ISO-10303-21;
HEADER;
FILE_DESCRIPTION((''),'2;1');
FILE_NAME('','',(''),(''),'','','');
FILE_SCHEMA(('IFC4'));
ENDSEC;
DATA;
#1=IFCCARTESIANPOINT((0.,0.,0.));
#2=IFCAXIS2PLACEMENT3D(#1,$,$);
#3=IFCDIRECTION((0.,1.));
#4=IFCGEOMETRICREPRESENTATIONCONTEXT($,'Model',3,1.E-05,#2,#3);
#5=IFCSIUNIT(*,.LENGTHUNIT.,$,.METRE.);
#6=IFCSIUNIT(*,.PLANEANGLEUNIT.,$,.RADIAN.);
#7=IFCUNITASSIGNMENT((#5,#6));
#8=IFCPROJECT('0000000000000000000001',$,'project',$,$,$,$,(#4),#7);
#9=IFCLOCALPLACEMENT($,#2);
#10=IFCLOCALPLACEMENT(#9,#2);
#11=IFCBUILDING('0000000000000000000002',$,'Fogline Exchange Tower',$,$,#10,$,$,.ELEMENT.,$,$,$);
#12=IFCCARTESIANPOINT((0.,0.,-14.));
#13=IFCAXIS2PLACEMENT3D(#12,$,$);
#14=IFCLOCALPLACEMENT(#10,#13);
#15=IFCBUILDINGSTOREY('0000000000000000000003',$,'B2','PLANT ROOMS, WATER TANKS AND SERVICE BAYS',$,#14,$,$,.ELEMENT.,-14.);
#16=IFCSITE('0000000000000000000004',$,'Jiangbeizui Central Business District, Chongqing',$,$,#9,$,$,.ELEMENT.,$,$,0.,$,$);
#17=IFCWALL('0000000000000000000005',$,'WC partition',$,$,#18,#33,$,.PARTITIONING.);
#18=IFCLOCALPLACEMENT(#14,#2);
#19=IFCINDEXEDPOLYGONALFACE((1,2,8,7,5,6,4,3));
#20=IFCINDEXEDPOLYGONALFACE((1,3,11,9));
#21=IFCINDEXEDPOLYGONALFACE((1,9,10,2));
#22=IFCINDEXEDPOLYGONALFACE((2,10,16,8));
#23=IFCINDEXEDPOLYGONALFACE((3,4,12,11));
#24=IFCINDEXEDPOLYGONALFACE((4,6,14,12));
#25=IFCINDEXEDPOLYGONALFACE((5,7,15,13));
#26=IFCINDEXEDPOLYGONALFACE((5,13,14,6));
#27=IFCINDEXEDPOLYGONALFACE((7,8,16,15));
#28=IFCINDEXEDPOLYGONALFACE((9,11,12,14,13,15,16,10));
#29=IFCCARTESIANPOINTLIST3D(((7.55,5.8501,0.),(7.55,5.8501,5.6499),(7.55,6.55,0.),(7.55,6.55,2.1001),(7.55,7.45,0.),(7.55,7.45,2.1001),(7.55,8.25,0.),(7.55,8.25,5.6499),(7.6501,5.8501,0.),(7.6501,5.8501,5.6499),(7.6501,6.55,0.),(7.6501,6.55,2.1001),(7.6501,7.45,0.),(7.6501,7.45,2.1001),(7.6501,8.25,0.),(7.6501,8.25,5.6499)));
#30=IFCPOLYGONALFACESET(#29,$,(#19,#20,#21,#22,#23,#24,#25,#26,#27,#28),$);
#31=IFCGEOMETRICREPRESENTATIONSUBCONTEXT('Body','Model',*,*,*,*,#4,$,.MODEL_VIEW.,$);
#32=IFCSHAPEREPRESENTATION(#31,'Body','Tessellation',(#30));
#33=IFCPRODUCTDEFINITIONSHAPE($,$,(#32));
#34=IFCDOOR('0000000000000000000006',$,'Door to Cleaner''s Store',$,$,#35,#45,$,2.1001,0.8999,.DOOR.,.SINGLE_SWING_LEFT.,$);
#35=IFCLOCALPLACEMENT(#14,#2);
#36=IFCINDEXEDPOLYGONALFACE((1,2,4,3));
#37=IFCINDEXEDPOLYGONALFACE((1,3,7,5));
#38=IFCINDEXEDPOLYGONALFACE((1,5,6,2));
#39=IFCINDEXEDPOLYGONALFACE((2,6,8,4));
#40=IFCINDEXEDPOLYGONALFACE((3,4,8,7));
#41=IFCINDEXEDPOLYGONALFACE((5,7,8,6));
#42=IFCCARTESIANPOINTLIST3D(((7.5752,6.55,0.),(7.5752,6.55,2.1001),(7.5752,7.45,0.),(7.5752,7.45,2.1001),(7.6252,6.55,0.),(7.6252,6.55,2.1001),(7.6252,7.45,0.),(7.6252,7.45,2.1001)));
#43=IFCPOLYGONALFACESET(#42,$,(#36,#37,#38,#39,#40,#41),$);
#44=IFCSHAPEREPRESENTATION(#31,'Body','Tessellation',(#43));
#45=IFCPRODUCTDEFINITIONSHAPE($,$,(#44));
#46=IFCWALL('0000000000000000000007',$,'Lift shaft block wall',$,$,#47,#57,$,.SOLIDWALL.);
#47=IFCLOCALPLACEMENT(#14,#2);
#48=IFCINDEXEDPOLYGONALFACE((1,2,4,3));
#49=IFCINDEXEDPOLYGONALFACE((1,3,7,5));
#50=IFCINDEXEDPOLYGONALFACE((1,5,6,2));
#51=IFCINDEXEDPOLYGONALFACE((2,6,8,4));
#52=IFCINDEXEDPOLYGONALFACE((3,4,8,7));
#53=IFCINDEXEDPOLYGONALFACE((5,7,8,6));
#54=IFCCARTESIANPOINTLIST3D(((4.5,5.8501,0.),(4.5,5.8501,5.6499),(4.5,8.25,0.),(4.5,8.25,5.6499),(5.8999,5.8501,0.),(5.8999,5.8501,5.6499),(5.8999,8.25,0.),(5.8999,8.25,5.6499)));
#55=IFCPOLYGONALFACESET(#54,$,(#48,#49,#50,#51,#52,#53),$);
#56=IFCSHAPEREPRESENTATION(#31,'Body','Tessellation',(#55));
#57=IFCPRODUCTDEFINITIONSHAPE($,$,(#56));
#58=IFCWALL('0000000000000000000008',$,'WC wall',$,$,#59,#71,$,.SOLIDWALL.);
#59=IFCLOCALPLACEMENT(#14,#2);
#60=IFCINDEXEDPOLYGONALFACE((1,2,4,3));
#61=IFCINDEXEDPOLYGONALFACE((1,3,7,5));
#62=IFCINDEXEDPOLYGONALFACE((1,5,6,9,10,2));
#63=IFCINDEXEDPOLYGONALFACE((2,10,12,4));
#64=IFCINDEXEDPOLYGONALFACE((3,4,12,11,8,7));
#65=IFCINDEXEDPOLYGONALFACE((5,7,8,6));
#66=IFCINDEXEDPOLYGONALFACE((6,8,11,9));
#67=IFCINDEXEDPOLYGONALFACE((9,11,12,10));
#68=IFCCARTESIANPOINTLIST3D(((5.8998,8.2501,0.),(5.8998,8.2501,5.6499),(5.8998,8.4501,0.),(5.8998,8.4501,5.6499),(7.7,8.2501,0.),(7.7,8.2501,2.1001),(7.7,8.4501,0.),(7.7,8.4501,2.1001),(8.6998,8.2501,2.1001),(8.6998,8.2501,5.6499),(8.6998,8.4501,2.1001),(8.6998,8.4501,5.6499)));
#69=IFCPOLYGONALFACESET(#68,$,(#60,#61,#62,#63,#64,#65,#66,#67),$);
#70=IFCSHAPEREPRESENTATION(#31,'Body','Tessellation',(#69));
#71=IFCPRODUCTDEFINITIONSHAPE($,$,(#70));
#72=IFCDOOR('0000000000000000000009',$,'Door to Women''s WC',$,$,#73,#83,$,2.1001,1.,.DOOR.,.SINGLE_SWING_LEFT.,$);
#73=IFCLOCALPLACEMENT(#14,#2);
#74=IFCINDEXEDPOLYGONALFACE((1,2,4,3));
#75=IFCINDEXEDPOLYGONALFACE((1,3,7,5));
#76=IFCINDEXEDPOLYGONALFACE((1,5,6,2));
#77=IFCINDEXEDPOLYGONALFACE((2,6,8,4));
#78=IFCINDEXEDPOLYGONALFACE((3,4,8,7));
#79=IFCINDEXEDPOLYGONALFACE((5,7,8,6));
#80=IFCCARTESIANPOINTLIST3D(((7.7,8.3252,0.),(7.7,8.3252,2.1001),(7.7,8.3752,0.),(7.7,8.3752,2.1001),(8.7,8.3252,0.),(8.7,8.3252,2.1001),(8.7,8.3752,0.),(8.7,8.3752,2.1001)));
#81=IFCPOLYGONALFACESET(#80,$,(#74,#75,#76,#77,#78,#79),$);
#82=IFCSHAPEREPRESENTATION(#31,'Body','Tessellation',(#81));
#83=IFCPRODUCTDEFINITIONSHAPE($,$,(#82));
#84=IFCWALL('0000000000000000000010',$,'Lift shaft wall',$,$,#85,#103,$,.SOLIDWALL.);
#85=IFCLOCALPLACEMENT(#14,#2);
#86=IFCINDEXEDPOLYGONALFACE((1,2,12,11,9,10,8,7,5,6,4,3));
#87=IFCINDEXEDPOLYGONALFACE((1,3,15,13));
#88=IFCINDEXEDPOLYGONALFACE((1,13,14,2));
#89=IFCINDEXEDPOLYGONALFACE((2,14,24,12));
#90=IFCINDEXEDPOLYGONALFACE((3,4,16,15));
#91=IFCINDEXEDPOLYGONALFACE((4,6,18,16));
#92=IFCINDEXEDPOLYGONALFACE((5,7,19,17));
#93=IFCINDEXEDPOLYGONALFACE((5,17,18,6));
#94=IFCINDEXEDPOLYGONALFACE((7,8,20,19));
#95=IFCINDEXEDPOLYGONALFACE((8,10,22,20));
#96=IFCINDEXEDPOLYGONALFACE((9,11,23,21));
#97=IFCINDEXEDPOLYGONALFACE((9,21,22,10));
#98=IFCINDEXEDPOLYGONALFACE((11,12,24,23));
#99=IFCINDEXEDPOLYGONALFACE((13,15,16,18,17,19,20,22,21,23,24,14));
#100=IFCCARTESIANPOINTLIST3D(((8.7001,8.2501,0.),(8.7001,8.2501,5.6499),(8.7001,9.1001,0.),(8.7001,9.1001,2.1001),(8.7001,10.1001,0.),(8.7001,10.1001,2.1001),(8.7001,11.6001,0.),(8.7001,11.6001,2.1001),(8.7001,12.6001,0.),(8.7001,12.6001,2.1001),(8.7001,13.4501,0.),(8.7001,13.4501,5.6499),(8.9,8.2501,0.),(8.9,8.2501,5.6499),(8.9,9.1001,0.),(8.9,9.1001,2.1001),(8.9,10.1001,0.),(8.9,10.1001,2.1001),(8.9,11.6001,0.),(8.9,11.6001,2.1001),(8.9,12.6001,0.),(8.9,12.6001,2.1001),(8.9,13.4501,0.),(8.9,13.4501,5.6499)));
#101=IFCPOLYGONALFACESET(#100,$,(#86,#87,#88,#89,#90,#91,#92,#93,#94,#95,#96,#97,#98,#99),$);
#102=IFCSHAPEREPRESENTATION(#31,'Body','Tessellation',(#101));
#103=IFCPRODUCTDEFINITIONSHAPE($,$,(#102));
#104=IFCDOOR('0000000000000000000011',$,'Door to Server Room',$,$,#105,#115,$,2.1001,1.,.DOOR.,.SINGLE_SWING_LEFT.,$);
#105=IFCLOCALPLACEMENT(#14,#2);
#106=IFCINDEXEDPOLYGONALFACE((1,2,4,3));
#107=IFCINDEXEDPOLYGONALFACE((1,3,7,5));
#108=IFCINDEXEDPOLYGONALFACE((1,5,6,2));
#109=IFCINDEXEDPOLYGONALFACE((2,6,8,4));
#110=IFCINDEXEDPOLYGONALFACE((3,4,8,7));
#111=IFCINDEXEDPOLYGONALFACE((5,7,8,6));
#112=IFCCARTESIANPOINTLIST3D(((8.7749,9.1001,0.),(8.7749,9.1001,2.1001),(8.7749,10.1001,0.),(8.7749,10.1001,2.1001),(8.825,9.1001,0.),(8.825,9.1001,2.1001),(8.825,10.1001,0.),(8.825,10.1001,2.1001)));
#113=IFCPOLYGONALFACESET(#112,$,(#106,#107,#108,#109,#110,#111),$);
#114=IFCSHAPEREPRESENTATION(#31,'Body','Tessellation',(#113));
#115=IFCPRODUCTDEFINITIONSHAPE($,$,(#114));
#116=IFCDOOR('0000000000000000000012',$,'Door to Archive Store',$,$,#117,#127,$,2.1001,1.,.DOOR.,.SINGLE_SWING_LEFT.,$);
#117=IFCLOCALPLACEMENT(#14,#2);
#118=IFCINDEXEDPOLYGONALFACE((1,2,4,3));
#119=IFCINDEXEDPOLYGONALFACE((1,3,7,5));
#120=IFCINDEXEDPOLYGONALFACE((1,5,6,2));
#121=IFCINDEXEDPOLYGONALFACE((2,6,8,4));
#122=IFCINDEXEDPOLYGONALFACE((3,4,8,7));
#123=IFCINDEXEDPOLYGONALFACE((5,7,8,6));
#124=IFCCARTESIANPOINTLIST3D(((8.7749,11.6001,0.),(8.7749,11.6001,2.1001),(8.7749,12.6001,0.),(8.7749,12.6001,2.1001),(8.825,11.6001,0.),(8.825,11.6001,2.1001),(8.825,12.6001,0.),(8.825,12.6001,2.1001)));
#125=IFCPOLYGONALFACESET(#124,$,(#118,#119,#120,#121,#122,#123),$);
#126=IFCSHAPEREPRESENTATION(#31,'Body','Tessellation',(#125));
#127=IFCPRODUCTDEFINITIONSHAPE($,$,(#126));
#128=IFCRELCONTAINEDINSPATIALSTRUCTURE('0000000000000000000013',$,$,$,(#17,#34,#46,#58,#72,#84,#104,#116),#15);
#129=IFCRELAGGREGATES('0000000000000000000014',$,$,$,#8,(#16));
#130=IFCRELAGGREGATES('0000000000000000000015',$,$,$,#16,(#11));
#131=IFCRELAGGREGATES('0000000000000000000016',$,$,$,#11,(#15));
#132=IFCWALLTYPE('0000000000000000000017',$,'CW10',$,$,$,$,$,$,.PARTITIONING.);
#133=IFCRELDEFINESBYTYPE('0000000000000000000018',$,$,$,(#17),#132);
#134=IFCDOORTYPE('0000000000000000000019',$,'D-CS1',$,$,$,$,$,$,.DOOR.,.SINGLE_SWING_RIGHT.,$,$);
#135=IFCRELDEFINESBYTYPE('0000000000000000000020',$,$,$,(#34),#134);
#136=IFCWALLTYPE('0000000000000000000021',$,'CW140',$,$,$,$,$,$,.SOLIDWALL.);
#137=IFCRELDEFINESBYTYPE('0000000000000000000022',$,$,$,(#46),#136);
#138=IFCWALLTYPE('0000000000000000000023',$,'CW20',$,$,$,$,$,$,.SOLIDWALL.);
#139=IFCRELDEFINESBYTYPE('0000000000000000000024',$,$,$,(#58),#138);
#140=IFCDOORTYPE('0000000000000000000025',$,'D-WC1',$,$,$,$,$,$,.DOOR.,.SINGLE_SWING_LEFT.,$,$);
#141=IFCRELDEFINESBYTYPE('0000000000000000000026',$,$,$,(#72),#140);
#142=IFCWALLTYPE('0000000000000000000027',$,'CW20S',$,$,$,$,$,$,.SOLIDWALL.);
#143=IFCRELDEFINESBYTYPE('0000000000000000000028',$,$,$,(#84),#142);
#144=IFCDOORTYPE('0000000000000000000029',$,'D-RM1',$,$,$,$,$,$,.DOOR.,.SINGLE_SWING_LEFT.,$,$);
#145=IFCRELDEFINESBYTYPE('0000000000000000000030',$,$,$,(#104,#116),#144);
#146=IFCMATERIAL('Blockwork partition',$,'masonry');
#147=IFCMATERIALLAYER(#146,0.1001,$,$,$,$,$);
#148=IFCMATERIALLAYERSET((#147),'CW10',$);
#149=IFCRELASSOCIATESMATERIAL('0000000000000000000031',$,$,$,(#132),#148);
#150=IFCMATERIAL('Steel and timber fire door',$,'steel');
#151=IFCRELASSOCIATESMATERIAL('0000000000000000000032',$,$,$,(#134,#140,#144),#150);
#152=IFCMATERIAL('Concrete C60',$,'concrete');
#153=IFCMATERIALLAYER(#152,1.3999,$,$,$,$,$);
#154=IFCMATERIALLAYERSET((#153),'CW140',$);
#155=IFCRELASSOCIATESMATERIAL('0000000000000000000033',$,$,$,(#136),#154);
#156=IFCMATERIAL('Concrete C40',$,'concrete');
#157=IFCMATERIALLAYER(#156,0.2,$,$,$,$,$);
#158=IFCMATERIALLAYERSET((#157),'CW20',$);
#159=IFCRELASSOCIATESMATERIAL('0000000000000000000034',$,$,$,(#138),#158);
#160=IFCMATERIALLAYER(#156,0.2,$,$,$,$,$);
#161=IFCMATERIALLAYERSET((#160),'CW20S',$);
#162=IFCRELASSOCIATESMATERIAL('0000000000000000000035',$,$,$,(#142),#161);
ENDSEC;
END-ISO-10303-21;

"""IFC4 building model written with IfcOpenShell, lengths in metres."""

from ifc_helpers import new_model, si_unit, direction, frame, frame_2d, origin, place, context, subcontext, project, spatial, rectangle, extrude, material, layer, layer_set, type_object, element, fill, save


model = new_model("IFC4")

# Units and contexts
model_context = context("Model", 3, precision=1e-05, world=origin(), true_north=direction((0.0, 1.0)))
body_context = subcontext(model_context, "Body", "Model", "MODEL_VIEW")
ifc_project = project(units=[si_unit("LENGTHUNIT", "METRE"), si_unit("PLANEANGLEUNIT", "RADIAN")], contexts=[model_context])

# Site, building, storey
site_placement = place(None, origin())
site = spatial("IfcSite", under=ifc_project, at=site_placement, Name="Jiangbeizui Central Business District, Chongqing", CompositionType="ELEMENT", RefElevation=0.0)
building_placement = place(site_placement, origin())
building = spatial("IfcBuilding", under=site, at=building_placement, Name="Fogline Exchange Tower", CompositionType="ELEMENT")
storey_placement = place(building_placement, frame((0.0, 0.0, -14.0)))
storey = spatial("IfcBuildingStorey", under=building, at=storey_placement, Name="B2", Description="PLANT ROOMS, WATER TANKS AND SERVICE BAYS", CompositionType="ELEMENT", Elevation=-14.0)

# Shared definitions
ifc_material_1 = material(Name="Concrete C40", Category="concrete")

# Wall, opening, door
ifc_material_2 = material(Name="Blockwork partition", Category="masonry")
ifc_layer_1 = layer(ifc_material_2, 0.1001)
ifc_layer_set_1 = layer_set([ifc_layer_1], Name="CW10")
wall_type_1 = type_object("IfcWallType", Name="CW10", PredefinedType="PARTITIONING", material=ifc_layer_set_1)
wall_1_placement = place(storey_placement, frame((7.6001, 5.8501, 0.0), z_axis=(0.0, 0.0, 1.0), x_axis=(0.0, 1.0, 0.0)))
wall_1 = element("IfcWall", 1, at=wall_1_placement, inside=storey, type_object=wall_type_1, Name="WC partition", PredefinedType="PARTITIONING", context=body_context, shape_type="SweptSolid", body=[
    extrude(rectangle(XDim=2.3999, YDim=0.1001, at=frame_2d((1.2, 0.0))), origin(), (0.0, 0.0, 1.0), 5.6499),
])
opening_1_placement = place(wall_1_placement, frame((0.7, 0.0, 0.0)))
opening_1 = element("IfcOpeningElement", 2, at=opening_1_placement, cuts=wall_1, PredefinedType="OPENING", context=body_context, shape_type="SweptSolid", body=[
    extrude(rectangle(XDim=0.8999, YDim=2.1001, at=frame_2d((0.45, 1.05))), frame((0.0, 0.0601, 0.0), z_axis=(0.0, -1.0, 0.0), x_axis=(1.0, 0.0, 0.0)), (0.0, 0.0, 1.0), 0.1201),
])
ifc_material_3 = material(Name="Steel and timber fire door", Category="steel")
door_type_1 = type_object("IfcDoorType", Name="D-CS1", OperationType="SINGLE_SWING_RIGHT", PredefinedType="DOOR", material=ifc_material_3)
door_1_placement = place(opening_1_placement, origin())
door_1 = element("IfcDoor", 3, at=door_1_placement, inside=storey, type_object=door_type_1, Name="Door to Cleaner's Store", OperationType="SINGLE_SWING_LEFT", OverallHeight=2.1001, OverallWidth=0.8999, PredefinedType="DOOR", context=body_context, shape_type="SweptSolid", body=[
    extrude(rectangle(XDim=0.8999, YDim=2.1001, at=frame_2d((0.45, 1.05))), frame((0.0, 0.0249, 0.0), z_axis=(0.0, -1.0, 0.0), x_axis=(1.0, 0.0, 0.0)), (0.0, 0.0, 1.0), 0.05),
])
fill(opening_1, door_1)

# Wall
ifc_material_4 = material(Name="Concrete C60", Category="concrete")
ifc_layer_2 = layer(ifc_material_4, 1.3999)
ifc_layer_set_2 = layer_set([ifc_layer_2], Name="CW140")
wall_type_2 = type_object("IfcWallType", Name="CW140", PredefinedType="SOLIDWALL", material=ifc_layer_set_2)
wall_2_placement = place(storey_placement, frame((5.2, 5.8501, 0.0), z_axis=(0.0, 0.0, 1.0), x_axis=(0.0, 1.0, 0.0)))
element("IfcWall", 4, at=wall_2_placement, inside=storey, type_object=wall_type_2, Name="Lift shaft block wall", PredefinedType="SOLIDWALL", context=body_context, shape_type="SweptSolid", body=[
    extrude(rectangle(XDim=2.3999, YDim=1.3999, at=frame_2d((1.2, 0.0))), origin(), (0.0, 0.0, 1.0), 5.6499),
])

# Wall, opening, door
ifc_layer_3 = layer(ifc_material_1, 0.2)
ifc_layer_set_3 = layer_set([ifc_layer_3], Name="CW20")
wall_type_3 = type_object("IfcWallType", Name="CW20", PredefinedType="SOLIDWALL", material=ifc_layer_set_3)
wall_3_placement = place(storey_placement, frame((5.8999, 8.3501, 0.0), z_axis=(0.0, 0.0, 1.0), x_axis=(1.0, 0.0, 0.0)))
wall_3 = element("IfcWall", 5, at=wall_3_placement, inside=storey, type_object=wall_type_3, Name="WC wall", PredefinedType="SOLIDWALL", context=body_context, shape_type="SweptSolid", body=[
    extrude(rectangle(XDim=2.8, YDim=0.2, at=frame_2d((1.3999, 0.0))), origin(), (0.0, 0.0, 1.0), 5.6499),
])
opening_2_placement = place(wall_3_placement, frame((1.8, 0.0, 0.0)))
opening_2 = element("IfcOpeningElement", 6, at=opening_2_placement, cuts=wall_3, PredefinedType="OPENING", context=body_context, shape_type="SweptSolid", body=[
    extrude(rectangle(XDim=1.0, YDim=2.1001, at=frame_2d((0.5, 1.05))), frame((0.0, 0.1099, 0.0), z_axis=(0.0, -1.0, 0.0), x_axis=(1.0, 0.0, 0.0)), (0.0, 0.0, 1.0), 0.22),
])
door_type_2 = type_object("IfcDoorType", Name="D-WC1", OperationType="SINGLE_SWING_LEFT", PredefinedType="DOOR", material=ifc_material_3)
door_2_placement = place(opening_2_placement, frame((1.0, 0.0, 0.0), z_axis=(0.0, 0.0, 1.0), x_axis=(-1.0, 0.0, 0.0)))
door_2 = element("IfcDoor", 7, at=door_2_placement, inside=storey, type_object=door_type_2, Name="Door to Women's WC", OperationType="SINGLE_SWING_LEFT", OverallHeight=2.1001, OverallWidth=1.0, PredefinedType="DOOR", context=body_context, shape_type="SweptSolid", body=[
    extrude(rectangle(XDim=1.0, YDim=2.1001, at=frame_2d((0.5, 1.05))), frame((0.0, 0.0249, 0.0), z_axis=(0.0, -1.0, 0.0), x_axis=(1.0, 0.0, 0.0)), (0.0, 0.0, 1.0), 0.05),
])
fill(opening_2, door_2)

# Wall, openings, doors
ifc_layer_4 = layer(ifc_material_1, 0.2)
ifc_layer_set_4 = layer_set([ifc_layer_4], Name="CW20S")
wall_type_4 = type_object("IfcWallType", Name="CW20S", PredefinedType="SOLIDWALL", material=ifc_layer_set_4)
wall_4_placement = place(storey_placement, frame((8.8, 8.25, 0.0), z_axis=(0.0, 0.0, 1.0), x_axis=(0.0, 1.0, 0.0)))
wall_4 = element("IfcWall", 8, at=wall_4_placement, inside=storey, type_object=wall_type_4, Name="Lift shaft wall", PredefinedType="SOLIDWALL", context=body_context, shape_type="SweptSolid", body=[
    extrude(rectangle(XDim=5.2, YDim=0.2, at=frame_2d((2.6001, 0.0))), origin(), (0.0, 0.0, 1.0), 5.6499),
])
opening_3_placement = place(wall_4_placement, frame((0.8501, 0.0, 0.0)))
opening_3 = element("IfcOpeningElement", 9, at=opening_3_placement, cuts=wall_4, PredefinedType="OPENING", context=body_context, shape_type="SweptSolid", body=[
    extrude(rectangle(XDim=1.0, YDim=2.1001, at=frame_2d((0.5, 1.05))), frame((0.0, 0.1099, 0.0), z_axis=(0.0, -1.0, 0.0), x_axis=(1.0, 0.0, 0.0)), (0.0, 0.0, 1.0), 0.22),
])
opening_4_placement = place(wall_4_placement, frame((3.3501, 0.0, 0.0)))
opening_4 = element("IfcOpeningElement", 10, at=opening_4_placement, cuts=wall_4, PredefinedType="OPENING", context=body_context, shape_type="SweptSolid", body=[
    extrude(rectangle(XDim=1.0, YDim=2.1001, at=frame_2d((0.5, 1.05))), frame((0.0, 0.1099, 0.0), z_axis=(0.0, -1.0, 0.0), x_axis=(1.0, 0.0, 0.0)), (0.0, 0.0, 1.0), 0.22),
])
door_type_3 = type_object("IfcDoorType", Name="D-RM1", OperationType="SINGLE_SWING_LEFT", PredefinedType="DOOR", material=ifc_material_3)
door_3_placement = place(opening_3_placement, frame((1.0, 0.0, 0.0), z_axis=(0.0, 0.0, 1.0), x_axis=(-1.0, 0.0, 0.0)))
door_3 = element("IfcDoor", 11, at=door_3_placement, inside=storey, type_object=door_type_3, Name="Door to Server Room", OperationType="SINGLE_SWING_LEFT", OverallHeight=2.1001, OverallWidth=1.0, PredefinedType="DOOR", context=body_context, shape_type="SweptSolid", body=[
    extrude(rectangle(XDim=1.0, YDim=2.1001, at=frame_2d((0.5, 1.05))), frame((0.0, 0.0249, 0.0), z_axis=(0.0, -1.0, 0.0), x_axis=(1.0, 0.0, 0.0)), (0.0, 0.0, 1.0), 0.05),
])
fill(opening_3, door_3)
door_4_placement = place(opening_4_placement, frame((1.0, 0.0, 0.0), z_axis=(0.0, 0.0, 1.0), x_axis=(-1.0, 0.0, 0.0)))
door_4 = element("IfcDoor", 12, at=door_4_placement, inside=storey, type_object=door_type_3, Name="Door to Archive Store", OperationType="SINGLE_SWING_LEFT", OverallHeight=2.1001, OverallWidth=1.0, PredefinedType="DOOR", context=body_context, shape_type="SweptSolid", body=[
    extrude(rectangle(XDim=1.0, YDim=2.1001, at=frame_2d((0.5, 1.05))), frame((0.0, 0.0249, 0.0), z_axis=(0.0, -1.0, 0.0), x_axis=(1.0, 0.0, 0.0)), (0.0, 0.0, 1.0), 0.05),
])
fill(opening_4, door_4)

save(model, "model.ifc")
